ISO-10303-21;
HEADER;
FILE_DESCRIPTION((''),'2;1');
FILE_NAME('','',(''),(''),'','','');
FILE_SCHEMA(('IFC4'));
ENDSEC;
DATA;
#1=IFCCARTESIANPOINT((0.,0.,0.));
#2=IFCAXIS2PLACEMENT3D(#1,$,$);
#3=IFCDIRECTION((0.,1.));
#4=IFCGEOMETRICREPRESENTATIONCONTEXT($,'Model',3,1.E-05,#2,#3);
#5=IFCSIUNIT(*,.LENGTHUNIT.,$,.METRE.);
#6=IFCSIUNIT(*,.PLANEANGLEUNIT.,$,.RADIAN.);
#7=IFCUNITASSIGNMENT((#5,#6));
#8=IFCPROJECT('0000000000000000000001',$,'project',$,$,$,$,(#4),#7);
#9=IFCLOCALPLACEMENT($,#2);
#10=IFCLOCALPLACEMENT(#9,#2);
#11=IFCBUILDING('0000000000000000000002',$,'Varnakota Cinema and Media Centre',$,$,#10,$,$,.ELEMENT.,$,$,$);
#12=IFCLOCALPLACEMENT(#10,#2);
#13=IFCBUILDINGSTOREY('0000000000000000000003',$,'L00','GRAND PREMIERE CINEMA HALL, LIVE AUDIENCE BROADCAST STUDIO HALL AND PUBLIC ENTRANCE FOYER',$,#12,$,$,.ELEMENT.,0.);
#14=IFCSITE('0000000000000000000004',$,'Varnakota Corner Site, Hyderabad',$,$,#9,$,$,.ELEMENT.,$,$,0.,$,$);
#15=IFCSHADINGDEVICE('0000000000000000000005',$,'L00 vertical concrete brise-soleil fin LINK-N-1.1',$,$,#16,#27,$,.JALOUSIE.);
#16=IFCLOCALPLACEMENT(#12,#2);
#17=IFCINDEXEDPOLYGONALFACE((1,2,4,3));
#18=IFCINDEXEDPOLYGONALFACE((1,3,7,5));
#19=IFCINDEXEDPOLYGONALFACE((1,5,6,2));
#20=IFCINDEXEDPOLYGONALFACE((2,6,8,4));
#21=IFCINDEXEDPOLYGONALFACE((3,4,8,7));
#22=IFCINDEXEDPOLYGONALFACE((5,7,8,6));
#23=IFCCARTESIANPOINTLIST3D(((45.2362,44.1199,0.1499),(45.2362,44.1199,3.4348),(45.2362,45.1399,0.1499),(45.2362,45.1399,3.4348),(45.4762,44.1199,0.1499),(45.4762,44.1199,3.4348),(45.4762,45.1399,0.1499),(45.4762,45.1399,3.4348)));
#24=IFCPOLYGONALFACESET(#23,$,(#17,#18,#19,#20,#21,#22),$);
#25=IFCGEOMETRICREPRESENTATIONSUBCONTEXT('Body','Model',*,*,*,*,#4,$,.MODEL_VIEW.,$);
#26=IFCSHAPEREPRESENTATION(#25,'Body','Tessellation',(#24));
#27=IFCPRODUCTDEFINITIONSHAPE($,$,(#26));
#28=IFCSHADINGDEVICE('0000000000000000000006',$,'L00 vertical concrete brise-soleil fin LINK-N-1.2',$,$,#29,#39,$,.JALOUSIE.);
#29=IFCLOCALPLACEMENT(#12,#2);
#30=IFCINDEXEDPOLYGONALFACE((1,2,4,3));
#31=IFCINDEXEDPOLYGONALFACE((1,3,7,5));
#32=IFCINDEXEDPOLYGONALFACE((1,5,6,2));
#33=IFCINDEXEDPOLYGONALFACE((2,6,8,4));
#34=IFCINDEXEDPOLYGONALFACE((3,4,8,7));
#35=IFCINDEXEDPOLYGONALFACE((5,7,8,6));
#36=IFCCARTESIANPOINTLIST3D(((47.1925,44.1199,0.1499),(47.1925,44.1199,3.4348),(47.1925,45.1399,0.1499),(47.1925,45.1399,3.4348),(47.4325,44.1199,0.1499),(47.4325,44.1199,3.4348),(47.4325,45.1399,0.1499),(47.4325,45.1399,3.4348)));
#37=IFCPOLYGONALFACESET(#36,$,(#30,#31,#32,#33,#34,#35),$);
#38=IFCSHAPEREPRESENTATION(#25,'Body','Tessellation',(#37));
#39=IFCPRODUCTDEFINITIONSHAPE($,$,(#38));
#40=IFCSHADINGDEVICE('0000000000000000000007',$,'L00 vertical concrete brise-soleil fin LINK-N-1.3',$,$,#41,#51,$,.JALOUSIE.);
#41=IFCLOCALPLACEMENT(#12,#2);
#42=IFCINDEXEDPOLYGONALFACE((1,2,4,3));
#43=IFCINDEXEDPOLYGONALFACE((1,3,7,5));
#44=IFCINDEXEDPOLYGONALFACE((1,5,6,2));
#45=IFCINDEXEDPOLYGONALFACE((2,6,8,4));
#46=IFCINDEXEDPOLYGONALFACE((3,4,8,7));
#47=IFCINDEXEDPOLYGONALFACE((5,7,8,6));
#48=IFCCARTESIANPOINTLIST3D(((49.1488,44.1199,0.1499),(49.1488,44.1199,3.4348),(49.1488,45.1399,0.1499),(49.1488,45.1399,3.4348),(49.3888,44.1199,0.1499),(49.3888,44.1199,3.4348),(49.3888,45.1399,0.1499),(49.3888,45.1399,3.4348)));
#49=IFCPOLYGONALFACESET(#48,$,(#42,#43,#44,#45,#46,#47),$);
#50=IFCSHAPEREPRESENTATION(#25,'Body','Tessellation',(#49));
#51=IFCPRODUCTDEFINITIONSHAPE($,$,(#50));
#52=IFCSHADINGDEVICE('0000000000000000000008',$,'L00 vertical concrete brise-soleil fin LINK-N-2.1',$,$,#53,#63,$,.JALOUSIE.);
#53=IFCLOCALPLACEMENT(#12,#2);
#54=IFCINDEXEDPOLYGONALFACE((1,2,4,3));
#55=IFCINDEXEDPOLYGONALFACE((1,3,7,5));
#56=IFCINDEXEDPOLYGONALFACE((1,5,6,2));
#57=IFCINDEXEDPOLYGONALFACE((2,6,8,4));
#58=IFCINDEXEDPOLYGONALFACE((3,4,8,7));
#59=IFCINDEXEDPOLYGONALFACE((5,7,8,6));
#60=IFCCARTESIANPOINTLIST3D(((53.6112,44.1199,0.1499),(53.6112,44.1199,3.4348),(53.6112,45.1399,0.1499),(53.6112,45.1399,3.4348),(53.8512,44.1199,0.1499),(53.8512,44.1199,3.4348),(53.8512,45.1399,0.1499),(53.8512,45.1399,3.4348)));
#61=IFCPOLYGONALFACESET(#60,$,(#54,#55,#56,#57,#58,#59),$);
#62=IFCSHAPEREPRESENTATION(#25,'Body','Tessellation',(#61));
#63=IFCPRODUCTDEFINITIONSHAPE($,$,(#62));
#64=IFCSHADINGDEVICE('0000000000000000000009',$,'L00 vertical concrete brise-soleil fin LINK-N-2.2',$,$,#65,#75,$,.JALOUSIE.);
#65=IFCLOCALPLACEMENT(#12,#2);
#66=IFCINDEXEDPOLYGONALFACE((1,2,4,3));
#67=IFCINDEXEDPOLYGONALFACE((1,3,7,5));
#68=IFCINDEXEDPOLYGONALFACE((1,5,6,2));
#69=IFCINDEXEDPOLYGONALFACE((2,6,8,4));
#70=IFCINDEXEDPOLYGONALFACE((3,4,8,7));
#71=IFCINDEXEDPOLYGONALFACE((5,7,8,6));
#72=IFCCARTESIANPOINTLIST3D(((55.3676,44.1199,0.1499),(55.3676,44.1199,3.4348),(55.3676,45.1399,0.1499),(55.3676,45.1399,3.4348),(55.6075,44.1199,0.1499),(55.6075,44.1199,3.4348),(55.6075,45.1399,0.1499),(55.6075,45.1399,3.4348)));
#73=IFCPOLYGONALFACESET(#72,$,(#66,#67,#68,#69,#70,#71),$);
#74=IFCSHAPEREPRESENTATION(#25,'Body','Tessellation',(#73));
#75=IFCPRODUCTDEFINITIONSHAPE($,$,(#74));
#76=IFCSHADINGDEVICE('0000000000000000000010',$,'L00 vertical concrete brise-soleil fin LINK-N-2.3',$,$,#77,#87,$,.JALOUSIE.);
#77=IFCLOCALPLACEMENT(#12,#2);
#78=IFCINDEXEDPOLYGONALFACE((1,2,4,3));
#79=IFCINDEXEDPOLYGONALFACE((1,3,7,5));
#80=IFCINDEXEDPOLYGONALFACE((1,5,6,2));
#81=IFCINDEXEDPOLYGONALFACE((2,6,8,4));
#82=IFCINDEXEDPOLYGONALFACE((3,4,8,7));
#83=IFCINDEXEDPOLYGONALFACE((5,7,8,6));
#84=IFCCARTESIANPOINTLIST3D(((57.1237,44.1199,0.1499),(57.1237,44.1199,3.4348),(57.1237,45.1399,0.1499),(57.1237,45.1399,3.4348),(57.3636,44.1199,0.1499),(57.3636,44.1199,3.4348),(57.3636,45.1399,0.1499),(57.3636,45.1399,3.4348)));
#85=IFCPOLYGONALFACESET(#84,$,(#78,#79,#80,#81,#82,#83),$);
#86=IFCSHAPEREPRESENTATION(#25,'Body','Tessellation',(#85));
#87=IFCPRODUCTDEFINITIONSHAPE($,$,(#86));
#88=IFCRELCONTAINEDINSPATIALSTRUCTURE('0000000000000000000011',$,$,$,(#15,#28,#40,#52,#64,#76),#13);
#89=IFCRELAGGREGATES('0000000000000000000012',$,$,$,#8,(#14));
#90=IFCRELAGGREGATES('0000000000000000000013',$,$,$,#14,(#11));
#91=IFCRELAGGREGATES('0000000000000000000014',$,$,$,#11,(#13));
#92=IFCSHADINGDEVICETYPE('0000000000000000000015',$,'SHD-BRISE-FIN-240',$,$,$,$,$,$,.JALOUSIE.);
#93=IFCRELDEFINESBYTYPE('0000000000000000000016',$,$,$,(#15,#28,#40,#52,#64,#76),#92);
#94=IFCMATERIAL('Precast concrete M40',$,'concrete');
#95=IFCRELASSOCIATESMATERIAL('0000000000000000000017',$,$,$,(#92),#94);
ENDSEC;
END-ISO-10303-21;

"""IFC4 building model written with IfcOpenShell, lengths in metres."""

from ifc_helpers import new_model, si_unit, direction, frame, origin, origin_2d, place, context, subcontext, project, spatial, rectangle, extrude, material, type_object, element, save


model = new_model("IFC4")

# Units and contexts
model_context = context("Model", 3, precision=1e-05, world=origin(), true_north=direction((0.0, 1.0)))
body_context = subcontext(model_context, "Body", "Model", "MODEL_VIEW")
ifc_project = project(units=[si_unit("LENGTHUNIT", "METRE"), si_unit("PLANEANGLEUNIT", "RADIAN")], contexts=[model_context])

# Site, building, storey
site_placement = place(None, origin())
site = spatial("IfcSite", under=ifc_project, at=site_placement, Name="Varnakota Corner Site, Hyderabad", CompositionType="ELEMENT", RefElevation=0.0)
building_placement = place(site_placement, origin())
building = spatial("IfcBuilding", under=site, at=building_placement, Name="Varnakota Cinema and Media Centre", CompositionType="ELEMENT")
storey_placement = place(building_placement, origin())
storey = spatial("IfcBuildingStorey", under=building, at=storey_placement, Name="L00", Description="GRAND PREMIERE CINEMA HALL, LIVE AUDIENCE BROADCAST STUDIO HALL AND PUBLIC ENTRANCE FOYER", CompositionType="ELEMENT", Elevation=0.0)

# Shading devices
ifc_material_1 = material(Name="Precast concrete M40", Category="concrete")
shading_device_type = type_object("IfcShadingDeviceType", Name="SHD-BRISE-FIN-240", PredefinedType="JALOUSIE", material=ifc_material_1)
for number, where, z_axis, x_axis, name in (
    (1, (45.3562, 44.6299, 0.1499), (0.0, 0.0, 1.0), (1.0, 0.0, 0.0), "L00 vertical concrete brise-soleil fin LINK-N-1.1"),
    (2, (47.3125, 44.6299, 0.1499), (0.0, 0.0, 1.0), (1.0, 0.0, 0.0), "L00 vertical concrete brise-soleil fin LINK-N-1.2"),
    (3, (49.2688, 44.6299, 0.1499), (0.0, 0.0, 1.0), (1.0, 0.0, 0.0), "L00 vertical concrete brise-soleil fin LINK-N-1.3"),
    (4, (53.7312, 44.6299, 0.1499), (0.0, 0.0, 1.0), (1.0, 0.0, 0.0), "L00 vertical concrete brise-soleil fin LINK-N-2.1"),
    (5, (55.4875, 44.6299, 0.1499), (0.0, 0.0, 1.0), (1.0, 0.0, 0.0), "L00 vertical concrete brise-soleil fin LINK-N-2.2"),
    (6, (57.2437, 44.6299, 0.1499), (0.0, 0.0, 1.0), (1.0, 0.0, 0.0), "L00 vertical concrete brise-soleil fin LINK-N-2.3"),
):
    element("IfcShadingDevice", number, at=place(storey_placement, frame(where, z_axis=z_axis, x_axis=x_axis)), inside=storey, type_object=shading_device_type, Name=name, PredefinedType="JALOUSIE", context=body_context, shape_type="SweptSolid", body=[
        extrude(rectangle(XDim=0.24, YDim=1.02, at=origin_2d()), origin(), (0.0, 0.0, 1.0), 3.2849),
    ])

save(model, "model.ifc")
